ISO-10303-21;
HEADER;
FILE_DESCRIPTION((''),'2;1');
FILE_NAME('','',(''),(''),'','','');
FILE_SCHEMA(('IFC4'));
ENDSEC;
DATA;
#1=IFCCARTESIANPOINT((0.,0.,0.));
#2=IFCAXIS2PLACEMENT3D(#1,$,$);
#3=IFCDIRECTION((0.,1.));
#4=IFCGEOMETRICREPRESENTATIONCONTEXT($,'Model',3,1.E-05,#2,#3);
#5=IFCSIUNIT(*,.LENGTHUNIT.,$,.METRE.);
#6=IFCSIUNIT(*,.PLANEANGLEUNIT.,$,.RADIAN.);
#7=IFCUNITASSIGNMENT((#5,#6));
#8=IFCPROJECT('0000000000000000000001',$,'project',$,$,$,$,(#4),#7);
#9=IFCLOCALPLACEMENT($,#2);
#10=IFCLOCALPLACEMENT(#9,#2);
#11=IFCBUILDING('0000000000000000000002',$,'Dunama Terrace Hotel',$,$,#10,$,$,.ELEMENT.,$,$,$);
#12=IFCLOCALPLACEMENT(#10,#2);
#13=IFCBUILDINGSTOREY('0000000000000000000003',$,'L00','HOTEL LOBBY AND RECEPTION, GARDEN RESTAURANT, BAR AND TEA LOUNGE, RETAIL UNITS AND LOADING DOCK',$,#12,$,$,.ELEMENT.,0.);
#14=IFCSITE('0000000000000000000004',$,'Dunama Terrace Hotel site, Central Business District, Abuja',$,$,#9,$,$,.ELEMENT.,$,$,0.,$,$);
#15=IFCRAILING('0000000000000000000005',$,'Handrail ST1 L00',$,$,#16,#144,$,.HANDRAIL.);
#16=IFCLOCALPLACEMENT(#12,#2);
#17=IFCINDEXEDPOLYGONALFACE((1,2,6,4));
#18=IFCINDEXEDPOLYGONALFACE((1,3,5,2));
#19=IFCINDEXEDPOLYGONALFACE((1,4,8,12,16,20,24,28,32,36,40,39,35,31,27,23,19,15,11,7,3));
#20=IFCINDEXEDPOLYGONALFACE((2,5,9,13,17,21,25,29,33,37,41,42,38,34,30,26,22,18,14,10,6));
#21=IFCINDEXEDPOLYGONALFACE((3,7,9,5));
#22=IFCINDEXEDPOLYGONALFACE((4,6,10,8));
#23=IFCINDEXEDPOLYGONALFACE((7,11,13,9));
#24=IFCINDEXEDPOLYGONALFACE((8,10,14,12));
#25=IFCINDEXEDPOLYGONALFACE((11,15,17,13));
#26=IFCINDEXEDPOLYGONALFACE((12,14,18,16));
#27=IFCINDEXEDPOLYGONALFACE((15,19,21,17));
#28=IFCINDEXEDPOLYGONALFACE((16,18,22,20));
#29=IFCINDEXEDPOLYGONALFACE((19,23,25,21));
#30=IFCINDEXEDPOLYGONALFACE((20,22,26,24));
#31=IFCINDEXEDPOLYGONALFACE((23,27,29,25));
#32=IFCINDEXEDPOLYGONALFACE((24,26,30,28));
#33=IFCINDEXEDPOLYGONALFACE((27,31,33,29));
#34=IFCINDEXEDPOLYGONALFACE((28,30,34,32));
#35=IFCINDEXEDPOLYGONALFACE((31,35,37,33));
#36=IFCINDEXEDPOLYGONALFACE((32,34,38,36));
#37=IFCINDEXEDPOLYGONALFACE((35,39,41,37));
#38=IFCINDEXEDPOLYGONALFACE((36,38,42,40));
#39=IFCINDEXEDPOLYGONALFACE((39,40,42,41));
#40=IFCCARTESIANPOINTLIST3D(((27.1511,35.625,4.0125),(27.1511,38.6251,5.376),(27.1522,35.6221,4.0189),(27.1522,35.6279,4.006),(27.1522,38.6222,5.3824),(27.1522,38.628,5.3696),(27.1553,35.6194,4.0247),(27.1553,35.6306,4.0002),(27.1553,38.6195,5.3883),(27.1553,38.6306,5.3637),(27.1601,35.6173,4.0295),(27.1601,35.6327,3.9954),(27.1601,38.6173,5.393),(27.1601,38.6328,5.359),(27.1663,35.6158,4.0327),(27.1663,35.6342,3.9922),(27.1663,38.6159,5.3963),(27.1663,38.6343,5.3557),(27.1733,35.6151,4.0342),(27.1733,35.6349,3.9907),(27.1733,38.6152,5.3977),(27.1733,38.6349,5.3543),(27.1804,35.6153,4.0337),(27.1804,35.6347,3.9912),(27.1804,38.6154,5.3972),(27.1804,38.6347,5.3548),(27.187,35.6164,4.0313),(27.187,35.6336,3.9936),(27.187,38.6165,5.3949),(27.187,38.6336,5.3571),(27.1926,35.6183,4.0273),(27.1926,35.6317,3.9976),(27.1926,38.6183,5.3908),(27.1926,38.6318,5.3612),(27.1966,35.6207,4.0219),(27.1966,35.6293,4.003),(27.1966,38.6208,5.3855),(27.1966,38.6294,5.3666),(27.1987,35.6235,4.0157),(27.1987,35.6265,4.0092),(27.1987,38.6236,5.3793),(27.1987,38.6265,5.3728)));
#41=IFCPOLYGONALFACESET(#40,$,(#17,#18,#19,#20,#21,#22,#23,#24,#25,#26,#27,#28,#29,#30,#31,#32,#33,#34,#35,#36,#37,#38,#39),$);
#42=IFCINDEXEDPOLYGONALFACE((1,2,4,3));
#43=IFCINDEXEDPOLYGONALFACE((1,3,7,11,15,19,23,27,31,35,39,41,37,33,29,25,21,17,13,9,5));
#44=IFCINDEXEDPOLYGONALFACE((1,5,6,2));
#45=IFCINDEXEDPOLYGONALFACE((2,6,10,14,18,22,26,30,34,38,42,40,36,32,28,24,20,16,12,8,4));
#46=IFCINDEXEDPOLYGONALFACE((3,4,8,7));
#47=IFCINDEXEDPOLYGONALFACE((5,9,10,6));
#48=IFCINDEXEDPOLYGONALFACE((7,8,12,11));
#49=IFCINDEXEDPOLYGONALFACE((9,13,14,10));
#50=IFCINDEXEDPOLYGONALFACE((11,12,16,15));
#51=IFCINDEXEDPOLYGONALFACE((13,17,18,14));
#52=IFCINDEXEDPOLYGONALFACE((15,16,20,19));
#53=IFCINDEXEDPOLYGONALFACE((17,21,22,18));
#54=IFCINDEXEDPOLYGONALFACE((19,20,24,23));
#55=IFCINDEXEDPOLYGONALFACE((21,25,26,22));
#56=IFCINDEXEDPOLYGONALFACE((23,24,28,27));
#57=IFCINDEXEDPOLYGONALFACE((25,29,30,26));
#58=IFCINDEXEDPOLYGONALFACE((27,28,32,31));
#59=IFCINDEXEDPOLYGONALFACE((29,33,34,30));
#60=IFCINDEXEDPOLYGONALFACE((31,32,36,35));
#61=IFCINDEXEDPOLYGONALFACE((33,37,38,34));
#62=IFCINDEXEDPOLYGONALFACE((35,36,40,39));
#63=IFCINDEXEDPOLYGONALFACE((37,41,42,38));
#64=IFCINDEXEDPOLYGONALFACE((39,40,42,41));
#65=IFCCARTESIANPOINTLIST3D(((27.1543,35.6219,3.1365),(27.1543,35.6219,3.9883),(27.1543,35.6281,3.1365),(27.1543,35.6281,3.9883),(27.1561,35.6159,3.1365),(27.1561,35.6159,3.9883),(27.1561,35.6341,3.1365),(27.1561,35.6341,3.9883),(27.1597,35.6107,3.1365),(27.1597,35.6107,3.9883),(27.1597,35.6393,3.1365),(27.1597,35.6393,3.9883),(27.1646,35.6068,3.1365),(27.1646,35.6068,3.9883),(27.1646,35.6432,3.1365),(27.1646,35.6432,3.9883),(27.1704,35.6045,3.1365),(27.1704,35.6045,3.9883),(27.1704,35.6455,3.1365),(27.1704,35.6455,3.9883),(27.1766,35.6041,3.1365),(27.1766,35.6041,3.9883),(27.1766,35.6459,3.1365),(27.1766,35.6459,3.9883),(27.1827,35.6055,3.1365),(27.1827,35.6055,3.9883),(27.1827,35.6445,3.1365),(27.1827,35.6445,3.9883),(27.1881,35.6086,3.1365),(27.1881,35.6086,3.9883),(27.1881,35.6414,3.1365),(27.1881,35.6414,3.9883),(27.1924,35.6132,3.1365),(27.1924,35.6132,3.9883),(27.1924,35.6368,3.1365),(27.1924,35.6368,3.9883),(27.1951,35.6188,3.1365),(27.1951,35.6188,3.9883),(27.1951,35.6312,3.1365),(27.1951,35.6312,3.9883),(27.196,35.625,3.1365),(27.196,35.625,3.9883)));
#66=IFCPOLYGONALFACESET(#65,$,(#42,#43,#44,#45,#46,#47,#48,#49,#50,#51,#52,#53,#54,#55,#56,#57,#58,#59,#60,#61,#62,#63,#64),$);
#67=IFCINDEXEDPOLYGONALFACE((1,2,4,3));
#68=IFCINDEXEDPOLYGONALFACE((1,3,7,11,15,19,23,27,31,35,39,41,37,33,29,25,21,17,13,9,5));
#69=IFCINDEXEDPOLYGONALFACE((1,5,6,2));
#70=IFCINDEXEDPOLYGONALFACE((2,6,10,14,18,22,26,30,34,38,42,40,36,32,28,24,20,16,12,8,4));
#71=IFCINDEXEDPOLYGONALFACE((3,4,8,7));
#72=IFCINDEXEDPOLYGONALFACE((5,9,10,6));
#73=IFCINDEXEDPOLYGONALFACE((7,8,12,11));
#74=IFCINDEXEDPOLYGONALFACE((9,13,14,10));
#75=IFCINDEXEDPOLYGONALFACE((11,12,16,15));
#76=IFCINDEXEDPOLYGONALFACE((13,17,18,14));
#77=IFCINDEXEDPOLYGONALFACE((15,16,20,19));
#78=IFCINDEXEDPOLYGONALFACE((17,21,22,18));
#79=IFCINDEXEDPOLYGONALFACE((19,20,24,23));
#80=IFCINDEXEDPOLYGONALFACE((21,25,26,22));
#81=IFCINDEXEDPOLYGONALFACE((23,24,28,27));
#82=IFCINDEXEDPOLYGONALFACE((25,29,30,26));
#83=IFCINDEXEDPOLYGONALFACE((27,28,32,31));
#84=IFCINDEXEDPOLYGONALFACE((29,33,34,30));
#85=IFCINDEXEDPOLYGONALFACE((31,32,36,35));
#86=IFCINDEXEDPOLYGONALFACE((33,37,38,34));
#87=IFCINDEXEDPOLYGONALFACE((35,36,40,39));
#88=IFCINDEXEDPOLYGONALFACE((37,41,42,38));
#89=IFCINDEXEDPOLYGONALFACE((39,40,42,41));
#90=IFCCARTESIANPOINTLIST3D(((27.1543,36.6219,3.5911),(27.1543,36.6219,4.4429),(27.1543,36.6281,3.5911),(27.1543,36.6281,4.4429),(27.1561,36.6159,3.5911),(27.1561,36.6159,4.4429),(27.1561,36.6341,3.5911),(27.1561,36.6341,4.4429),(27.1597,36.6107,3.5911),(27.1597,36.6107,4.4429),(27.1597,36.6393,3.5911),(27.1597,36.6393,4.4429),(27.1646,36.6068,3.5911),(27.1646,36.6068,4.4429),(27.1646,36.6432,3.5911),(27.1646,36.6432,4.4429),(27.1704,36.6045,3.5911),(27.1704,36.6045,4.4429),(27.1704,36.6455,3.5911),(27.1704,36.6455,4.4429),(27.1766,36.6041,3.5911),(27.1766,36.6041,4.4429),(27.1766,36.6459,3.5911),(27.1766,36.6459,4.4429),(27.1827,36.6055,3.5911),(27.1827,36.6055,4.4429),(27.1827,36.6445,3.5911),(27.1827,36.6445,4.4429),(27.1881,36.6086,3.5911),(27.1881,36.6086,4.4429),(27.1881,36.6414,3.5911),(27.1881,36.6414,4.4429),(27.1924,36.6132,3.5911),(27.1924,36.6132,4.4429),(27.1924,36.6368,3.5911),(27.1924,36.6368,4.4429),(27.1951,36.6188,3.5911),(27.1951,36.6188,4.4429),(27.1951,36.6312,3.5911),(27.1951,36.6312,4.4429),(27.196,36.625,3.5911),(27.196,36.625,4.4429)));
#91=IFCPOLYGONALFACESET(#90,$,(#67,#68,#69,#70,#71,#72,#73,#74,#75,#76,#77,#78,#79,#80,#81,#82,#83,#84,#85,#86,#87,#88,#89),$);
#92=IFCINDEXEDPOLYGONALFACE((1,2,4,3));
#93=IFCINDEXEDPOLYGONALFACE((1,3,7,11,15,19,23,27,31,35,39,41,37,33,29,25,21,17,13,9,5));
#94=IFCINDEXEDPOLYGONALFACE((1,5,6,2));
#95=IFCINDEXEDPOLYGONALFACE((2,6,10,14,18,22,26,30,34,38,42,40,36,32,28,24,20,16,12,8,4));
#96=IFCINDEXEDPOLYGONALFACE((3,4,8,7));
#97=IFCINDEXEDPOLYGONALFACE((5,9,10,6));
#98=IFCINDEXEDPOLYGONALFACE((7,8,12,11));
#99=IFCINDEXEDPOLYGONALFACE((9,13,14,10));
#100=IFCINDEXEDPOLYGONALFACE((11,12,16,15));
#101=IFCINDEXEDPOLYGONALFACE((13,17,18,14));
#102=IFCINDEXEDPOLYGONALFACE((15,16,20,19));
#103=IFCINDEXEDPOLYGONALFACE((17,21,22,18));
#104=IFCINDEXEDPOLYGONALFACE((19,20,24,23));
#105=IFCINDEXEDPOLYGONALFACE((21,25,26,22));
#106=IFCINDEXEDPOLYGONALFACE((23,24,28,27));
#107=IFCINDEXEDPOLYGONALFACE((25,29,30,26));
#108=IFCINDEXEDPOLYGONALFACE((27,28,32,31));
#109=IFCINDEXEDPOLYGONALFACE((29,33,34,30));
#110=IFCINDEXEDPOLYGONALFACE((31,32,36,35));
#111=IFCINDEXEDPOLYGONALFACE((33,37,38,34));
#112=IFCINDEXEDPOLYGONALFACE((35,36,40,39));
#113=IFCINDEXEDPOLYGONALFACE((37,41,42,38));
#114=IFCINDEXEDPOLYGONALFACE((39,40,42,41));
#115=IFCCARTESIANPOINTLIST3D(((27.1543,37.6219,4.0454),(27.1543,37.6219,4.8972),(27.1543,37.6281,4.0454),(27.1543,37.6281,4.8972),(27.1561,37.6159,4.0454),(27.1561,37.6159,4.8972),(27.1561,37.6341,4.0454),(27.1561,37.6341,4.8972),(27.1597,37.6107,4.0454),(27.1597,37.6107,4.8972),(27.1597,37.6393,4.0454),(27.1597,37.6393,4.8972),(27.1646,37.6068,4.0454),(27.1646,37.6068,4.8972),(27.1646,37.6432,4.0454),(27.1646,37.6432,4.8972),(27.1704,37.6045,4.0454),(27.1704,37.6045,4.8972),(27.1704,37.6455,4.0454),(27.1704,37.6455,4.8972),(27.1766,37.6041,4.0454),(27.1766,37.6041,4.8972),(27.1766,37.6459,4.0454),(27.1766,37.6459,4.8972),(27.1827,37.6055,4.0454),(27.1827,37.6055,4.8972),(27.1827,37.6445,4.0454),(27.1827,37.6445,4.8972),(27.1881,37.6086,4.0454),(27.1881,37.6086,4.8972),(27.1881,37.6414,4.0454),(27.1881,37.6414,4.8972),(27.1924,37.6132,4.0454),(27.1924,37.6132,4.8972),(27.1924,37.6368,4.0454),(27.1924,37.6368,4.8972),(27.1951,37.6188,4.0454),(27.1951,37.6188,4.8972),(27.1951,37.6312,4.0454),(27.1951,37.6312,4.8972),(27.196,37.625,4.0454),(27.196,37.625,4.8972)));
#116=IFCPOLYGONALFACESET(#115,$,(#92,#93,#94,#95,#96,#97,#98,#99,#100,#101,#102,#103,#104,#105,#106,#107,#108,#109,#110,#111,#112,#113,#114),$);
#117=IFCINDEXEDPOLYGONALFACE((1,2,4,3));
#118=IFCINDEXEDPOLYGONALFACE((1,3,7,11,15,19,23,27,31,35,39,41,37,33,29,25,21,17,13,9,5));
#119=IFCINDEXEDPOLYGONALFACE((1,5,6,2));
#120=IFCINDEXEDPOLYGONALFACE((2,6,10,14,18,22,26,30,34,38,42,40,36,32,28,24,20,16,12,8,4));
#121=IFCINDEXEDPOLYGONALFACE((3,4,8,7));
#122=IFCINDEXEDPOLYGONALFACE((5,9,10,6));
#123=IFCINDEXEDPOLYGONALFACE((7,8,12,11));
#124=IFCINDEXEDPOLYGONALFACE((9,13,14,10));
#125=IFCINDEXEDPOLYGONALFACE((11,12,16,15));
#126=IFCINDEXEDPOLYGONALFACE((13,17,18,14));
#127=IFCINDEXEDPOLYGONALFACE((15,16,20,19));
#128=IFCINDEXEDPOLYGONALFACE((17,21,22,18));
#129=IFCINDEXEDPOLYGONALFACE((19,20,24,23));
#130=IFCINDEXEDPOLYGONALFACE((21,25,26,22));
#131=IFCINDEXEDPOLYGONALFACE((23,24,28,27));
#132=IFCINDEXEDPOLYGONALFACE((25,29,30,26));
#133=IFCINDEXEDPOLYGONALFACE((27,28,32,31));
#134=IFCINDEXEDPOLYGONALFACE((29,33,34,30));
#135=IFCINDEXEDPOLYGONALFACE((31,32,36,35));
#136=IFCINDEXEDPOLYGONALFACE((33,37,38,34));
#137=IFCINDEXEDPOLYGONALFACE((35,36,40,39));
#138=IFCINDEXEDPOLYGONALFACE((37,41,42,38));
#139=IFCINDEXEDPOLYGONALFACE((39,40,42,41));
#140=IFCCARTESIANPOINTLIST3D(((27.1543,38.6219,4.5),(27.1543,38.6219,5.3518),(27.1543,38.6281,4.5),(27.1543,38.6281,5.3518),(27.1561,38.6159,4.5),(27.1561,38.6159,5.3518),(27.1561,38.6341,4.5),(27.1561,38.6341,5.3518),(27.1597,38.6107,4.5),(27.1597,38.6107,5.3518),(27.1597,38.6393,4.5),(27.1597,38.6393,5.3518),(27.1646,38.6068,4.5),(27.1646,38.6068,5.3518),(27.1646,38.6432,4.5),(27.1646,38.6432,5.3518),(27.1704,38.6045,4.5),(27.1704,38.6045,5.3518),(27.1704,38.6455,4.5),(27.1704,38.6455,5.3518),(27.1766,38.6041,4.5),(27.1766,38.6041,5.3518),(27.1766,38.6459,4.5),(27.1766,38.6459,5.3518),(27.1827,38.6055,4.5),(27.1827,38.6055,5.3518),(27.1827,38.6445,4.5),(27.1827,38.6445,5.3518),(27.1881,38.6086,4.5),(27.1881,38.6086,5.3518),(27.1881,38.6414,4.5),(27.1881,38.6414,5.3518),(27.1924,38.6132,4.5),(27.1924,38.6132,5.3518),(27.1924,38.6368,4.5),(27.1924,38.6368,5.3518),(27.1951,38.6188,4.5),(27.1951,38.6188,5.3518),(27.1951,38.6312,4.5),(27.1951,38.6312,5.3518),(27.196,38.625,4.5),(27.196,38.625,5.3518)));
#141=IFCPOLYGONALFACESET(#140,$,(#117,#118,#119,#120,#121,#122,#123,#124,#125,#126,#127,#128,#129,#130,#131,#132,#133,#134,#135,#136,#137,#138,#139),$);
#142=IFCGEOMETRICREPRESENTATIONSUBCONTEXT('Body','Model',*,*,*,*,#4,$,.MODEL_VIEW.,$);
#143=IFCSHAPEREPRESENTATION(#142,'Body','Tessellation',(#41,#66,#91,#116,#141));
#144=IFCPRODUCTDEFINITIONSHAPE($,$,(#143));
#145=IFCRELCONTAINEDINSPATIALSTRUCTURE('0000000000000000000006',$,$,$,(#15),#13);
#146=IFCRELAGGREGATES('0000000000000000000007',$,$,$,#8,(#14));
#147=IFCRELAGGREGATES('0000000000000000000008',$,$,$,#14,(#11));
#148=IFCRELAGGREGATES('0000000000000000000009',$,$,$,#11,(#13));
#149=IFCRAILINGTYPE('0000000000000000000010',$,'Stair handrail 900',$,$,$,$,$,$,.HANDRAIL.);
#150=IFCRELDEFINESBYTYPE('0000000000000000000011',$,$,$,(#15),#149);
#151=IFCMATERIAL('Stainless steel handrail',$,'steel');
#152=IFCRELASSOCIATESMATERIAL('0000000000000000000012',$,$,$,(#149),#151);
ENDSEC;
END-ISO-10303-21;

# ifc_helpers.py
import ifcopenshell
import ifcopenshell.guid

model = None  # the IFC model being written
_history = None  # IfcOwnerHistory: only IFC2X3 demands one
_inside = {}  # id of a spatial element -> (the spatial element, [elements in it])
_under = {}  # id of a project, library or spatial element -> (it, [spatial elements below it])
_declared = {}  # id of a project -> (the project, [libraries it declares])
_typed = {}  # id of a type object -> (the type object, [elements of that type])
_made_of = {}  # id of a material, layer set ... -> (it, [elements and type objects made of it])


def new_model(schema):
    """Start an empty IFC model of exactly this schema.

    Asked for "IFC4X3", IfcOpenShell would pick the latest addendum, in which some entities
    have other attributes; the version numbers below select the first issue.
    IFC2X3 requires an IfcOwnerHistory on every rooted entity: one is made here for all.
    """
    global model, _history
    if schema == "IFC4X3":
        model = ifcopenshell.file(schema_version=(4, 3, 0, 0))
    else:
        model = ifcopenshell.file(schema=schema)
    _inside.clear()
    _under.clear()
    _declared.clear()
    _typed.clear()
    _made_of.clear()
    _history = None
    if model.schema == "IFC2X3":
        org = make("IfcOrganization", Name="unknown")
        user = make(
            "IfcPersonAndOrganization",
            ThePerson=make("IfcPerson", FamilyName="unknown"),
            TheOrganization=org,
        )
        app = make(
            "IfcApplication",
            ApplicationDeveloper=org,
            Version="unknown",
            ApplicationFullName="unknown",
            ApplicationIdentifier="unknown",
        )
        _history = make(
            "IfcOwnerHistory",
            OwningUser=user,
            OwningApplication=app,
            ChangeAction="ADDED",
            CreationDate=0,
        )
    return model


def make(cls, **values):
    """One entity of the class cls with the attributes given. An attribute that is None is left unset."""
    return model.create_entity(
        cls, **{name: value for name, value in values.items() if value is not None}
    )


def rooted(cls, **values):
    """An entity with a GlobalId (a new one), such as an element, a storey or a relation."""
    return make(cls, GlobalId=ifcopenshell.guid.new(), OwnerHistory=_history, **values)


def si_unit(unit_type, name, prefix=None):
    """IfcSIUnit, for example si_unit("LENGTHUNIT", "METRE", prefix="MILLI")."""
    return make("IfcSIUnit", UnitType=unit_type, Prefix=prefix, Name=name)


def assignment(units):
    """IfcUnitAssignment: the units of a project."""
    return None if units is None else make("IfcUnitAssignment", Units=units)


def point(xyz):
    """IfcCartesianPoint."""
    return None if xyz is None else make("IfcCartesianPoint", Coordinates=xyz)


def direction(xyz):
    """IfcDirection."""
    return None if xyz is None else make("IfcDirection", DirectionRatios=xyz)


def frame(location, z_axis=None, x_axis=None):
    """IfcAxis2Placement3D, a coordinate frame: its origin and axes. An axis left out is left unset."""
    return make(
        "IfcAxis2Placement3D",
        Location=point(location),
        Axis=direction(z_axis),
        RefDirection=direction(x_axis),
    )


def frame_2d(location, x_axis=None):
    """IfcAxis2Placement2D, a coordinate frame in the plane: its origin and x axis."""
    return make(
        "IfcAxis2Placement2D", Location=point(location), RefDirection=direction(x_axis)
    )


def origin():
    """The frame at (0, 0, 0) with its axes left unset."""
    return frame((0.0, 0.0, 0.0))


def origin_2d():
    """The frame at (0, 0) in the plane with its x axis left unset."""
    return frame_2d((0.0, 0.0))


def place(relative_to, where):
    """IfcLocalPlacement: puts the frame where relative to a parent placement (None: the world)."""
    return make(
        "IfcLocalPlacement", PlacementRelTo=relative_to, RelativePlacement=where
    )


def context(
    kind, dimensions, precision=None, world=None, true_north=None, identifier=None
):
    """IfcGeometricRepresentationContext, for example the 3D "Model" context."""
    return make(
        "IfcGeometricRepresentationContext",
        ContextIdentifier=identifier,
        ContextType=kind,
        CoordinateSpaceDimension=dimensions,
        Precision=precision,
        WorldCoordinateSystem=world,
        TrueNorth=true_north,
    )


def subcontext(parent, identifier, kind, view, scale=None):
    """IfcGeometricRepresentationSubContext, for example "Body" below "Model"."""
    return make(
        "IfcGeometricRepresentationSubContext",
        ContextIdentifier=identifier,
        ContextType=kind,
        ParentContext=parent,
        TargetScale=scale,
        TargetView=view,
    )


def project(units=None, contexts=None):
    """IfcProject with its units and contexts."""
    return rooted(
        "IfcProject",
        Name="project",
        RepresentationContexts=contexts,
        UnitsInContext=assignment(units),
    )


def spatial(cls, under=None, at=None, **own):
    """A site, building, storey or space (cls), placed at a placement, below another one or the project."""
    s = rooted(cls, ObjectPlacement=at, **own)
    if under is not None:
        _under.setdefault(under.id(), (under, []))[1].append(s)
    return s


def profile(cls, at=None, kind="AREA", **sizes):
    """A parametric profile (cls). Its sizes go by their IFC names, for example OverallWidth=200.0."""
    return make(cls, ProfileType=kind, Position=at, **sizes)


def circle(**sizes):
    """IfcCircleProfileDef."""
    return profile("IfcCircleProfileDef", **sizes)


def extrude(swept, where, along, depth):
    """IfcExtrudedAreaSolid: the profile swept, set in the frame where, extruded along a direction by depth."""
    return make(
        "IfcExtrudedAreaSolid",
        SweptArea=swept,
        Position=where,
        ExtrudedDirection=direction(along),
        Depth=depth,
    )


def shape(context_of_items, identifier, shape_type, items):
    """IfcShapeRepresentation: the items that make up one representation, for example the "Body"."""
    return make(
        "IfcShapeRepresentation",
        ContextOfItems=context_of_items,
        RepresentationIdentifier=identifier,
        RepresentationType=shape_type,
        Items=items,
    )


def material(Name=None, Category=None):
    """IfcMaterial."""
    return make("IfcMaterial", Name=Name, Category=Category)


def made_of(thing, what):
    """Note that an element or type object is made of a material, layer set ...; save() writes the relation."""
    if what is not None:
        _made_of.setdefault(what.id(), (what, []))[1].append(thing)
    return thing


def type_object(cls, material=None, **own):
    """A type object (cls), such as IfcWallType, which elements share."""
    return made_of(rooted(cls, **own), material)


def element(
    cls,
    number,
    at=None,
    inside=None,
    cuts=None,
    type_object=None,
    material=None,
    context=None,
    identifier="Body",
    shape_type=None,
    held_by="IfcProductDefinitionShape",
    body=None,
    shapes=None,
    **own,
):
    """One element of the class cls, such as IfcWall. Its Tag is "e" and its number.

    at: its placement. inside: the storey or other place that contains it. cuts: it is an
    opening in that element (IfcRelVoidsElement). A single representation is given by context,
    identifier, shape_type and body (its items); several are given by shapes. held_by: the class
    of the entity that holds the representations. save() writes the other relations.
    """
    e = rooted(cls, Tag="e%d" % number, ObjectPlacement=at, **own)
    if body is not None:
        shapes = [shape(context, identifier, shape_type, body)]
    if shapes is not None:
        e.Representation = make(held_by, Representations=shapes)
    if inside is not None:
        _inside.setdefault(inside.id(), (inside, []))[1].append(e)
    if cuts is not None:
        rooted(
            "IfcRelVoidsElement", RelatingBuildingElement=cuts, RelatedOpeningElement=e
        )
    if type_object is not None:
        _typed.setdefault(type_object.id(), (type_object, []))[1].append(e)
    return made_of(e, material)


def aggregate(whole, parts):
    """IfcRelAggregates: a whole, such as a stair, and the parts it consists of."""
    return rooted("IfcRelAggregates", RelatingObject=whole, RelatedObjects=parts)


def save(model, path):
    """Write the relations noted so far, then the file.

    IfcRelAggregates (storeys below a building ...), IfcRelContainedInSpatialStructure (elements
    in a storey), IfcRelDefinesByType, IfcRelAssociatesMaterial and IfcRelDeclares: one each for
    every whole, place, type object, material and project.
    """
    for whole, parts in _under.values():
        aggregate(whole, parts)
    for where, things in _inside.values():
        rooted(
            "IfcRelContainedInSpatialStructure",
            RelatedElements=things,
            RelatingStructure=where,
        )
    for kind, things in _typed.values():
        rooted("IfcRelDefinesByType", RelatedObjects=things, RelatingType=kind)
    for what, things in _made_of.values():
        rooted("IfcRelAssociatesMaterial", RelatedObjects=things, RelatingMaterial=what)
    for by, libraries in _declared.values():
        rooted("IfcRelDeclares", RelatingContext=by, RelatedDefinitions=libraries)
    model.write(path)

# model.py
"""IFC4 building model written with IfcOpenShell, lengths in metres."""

from ifc_helpers import new_model, si_unit, direction, frame, origin, origin_2d, place, context, subcontext, project, spatial, circle, extrude, material, type_object, element, save


model = new_model("IFC4")

# Units and contexts
model_context = context("Model", 3, precision=1e-05, world=origin(), true_north=direction((0.0, 1.0)))
body_context = subcontext(model_context, "Body", "Model", "MODEL_VIEW")
ifc_project = project(units=[si_unit("LENGTHUNIT", "METRE"), si_unit("PLANEANGLEUNIT", "RADIAN")], contexts=[model_context])

# Site, building, storey
site_placement = place(None, origin())
site = spatial("IfcSite", under=ifc_project, at=site_placement, Name="Dunama Terrace Hotel site, Central Business District, Abuja", CompositionType="ELEMENT", RefElevation=0.0)
building_placement = place(site_placement, origin())
building = spatial("IfcBuilding", under=site, at=building_placement, Name="Dunama Terrace Hotel", CompositionType="ELEMENT")
storey_placement = place(building_placement, origin())
storey = spatial("IfcBuildingStorey", under=building, at=storey_placement, Name="L00", Description="HOTEL LOBBY AND RECEPTION, GARDEN RESTAURANT, BAR AND TEA LOUNGE, RETAIL UNITS AND LOADING DOCK", CompositionType="ELEMENT", Elevation=0.0)

# Railing
ifc_material_1 = material(Name="Stainless steel handrail", Category="steel")
railing_type = type_object("IfcRailingType", Name="Stair handrail 900", PredefinedType="HANDRAIL", material=ifc_material_1)
railing_1_placement = place(storey_placement, frame((27.175, 35.625, 3.1365)))
element("IfcRailing", 1, at=railing_1_placement, inside=storey, type_object=railing_type, Name="Handrail ST1 L00", PredefinedType="HANDRAIL", context=body_context, shape_type="SweptSolid", body=[
    extrude(circle(Radius=0.0239, at=origin_2d()), frame((0.0, 0.0, 0.876), z_axis=(0.0, 0.910379, 0.413775), x_axis=(-1.0, 0.0, 0.0)), (0.0, 0.0, 1.0), 3.2954),
    extrude(circle(Radius=0.021, at=origin_2d()), origin(), (0.0, 0.0, 1.0), 0.8518),
    extrude(circle(Radius=0.021, at=origin_2d()), frame((0.0, 1.0, 0.4546)), (0.0, 0.0, 1.0), 0.8518),
    extrude(circle(Radius=0.021, at=origin_2d()), frame((0.0, 2.0, 0.9089)), (0.0, 0.0, 1.0), 0.8518),
    extrude(circle(Radius=0.021, at=origin_2d()), frame((0.0, 3.0, 1.3635)), (0.0, 0.0, 1.0), 0.8518),
])

save(model, "model.ifc")
